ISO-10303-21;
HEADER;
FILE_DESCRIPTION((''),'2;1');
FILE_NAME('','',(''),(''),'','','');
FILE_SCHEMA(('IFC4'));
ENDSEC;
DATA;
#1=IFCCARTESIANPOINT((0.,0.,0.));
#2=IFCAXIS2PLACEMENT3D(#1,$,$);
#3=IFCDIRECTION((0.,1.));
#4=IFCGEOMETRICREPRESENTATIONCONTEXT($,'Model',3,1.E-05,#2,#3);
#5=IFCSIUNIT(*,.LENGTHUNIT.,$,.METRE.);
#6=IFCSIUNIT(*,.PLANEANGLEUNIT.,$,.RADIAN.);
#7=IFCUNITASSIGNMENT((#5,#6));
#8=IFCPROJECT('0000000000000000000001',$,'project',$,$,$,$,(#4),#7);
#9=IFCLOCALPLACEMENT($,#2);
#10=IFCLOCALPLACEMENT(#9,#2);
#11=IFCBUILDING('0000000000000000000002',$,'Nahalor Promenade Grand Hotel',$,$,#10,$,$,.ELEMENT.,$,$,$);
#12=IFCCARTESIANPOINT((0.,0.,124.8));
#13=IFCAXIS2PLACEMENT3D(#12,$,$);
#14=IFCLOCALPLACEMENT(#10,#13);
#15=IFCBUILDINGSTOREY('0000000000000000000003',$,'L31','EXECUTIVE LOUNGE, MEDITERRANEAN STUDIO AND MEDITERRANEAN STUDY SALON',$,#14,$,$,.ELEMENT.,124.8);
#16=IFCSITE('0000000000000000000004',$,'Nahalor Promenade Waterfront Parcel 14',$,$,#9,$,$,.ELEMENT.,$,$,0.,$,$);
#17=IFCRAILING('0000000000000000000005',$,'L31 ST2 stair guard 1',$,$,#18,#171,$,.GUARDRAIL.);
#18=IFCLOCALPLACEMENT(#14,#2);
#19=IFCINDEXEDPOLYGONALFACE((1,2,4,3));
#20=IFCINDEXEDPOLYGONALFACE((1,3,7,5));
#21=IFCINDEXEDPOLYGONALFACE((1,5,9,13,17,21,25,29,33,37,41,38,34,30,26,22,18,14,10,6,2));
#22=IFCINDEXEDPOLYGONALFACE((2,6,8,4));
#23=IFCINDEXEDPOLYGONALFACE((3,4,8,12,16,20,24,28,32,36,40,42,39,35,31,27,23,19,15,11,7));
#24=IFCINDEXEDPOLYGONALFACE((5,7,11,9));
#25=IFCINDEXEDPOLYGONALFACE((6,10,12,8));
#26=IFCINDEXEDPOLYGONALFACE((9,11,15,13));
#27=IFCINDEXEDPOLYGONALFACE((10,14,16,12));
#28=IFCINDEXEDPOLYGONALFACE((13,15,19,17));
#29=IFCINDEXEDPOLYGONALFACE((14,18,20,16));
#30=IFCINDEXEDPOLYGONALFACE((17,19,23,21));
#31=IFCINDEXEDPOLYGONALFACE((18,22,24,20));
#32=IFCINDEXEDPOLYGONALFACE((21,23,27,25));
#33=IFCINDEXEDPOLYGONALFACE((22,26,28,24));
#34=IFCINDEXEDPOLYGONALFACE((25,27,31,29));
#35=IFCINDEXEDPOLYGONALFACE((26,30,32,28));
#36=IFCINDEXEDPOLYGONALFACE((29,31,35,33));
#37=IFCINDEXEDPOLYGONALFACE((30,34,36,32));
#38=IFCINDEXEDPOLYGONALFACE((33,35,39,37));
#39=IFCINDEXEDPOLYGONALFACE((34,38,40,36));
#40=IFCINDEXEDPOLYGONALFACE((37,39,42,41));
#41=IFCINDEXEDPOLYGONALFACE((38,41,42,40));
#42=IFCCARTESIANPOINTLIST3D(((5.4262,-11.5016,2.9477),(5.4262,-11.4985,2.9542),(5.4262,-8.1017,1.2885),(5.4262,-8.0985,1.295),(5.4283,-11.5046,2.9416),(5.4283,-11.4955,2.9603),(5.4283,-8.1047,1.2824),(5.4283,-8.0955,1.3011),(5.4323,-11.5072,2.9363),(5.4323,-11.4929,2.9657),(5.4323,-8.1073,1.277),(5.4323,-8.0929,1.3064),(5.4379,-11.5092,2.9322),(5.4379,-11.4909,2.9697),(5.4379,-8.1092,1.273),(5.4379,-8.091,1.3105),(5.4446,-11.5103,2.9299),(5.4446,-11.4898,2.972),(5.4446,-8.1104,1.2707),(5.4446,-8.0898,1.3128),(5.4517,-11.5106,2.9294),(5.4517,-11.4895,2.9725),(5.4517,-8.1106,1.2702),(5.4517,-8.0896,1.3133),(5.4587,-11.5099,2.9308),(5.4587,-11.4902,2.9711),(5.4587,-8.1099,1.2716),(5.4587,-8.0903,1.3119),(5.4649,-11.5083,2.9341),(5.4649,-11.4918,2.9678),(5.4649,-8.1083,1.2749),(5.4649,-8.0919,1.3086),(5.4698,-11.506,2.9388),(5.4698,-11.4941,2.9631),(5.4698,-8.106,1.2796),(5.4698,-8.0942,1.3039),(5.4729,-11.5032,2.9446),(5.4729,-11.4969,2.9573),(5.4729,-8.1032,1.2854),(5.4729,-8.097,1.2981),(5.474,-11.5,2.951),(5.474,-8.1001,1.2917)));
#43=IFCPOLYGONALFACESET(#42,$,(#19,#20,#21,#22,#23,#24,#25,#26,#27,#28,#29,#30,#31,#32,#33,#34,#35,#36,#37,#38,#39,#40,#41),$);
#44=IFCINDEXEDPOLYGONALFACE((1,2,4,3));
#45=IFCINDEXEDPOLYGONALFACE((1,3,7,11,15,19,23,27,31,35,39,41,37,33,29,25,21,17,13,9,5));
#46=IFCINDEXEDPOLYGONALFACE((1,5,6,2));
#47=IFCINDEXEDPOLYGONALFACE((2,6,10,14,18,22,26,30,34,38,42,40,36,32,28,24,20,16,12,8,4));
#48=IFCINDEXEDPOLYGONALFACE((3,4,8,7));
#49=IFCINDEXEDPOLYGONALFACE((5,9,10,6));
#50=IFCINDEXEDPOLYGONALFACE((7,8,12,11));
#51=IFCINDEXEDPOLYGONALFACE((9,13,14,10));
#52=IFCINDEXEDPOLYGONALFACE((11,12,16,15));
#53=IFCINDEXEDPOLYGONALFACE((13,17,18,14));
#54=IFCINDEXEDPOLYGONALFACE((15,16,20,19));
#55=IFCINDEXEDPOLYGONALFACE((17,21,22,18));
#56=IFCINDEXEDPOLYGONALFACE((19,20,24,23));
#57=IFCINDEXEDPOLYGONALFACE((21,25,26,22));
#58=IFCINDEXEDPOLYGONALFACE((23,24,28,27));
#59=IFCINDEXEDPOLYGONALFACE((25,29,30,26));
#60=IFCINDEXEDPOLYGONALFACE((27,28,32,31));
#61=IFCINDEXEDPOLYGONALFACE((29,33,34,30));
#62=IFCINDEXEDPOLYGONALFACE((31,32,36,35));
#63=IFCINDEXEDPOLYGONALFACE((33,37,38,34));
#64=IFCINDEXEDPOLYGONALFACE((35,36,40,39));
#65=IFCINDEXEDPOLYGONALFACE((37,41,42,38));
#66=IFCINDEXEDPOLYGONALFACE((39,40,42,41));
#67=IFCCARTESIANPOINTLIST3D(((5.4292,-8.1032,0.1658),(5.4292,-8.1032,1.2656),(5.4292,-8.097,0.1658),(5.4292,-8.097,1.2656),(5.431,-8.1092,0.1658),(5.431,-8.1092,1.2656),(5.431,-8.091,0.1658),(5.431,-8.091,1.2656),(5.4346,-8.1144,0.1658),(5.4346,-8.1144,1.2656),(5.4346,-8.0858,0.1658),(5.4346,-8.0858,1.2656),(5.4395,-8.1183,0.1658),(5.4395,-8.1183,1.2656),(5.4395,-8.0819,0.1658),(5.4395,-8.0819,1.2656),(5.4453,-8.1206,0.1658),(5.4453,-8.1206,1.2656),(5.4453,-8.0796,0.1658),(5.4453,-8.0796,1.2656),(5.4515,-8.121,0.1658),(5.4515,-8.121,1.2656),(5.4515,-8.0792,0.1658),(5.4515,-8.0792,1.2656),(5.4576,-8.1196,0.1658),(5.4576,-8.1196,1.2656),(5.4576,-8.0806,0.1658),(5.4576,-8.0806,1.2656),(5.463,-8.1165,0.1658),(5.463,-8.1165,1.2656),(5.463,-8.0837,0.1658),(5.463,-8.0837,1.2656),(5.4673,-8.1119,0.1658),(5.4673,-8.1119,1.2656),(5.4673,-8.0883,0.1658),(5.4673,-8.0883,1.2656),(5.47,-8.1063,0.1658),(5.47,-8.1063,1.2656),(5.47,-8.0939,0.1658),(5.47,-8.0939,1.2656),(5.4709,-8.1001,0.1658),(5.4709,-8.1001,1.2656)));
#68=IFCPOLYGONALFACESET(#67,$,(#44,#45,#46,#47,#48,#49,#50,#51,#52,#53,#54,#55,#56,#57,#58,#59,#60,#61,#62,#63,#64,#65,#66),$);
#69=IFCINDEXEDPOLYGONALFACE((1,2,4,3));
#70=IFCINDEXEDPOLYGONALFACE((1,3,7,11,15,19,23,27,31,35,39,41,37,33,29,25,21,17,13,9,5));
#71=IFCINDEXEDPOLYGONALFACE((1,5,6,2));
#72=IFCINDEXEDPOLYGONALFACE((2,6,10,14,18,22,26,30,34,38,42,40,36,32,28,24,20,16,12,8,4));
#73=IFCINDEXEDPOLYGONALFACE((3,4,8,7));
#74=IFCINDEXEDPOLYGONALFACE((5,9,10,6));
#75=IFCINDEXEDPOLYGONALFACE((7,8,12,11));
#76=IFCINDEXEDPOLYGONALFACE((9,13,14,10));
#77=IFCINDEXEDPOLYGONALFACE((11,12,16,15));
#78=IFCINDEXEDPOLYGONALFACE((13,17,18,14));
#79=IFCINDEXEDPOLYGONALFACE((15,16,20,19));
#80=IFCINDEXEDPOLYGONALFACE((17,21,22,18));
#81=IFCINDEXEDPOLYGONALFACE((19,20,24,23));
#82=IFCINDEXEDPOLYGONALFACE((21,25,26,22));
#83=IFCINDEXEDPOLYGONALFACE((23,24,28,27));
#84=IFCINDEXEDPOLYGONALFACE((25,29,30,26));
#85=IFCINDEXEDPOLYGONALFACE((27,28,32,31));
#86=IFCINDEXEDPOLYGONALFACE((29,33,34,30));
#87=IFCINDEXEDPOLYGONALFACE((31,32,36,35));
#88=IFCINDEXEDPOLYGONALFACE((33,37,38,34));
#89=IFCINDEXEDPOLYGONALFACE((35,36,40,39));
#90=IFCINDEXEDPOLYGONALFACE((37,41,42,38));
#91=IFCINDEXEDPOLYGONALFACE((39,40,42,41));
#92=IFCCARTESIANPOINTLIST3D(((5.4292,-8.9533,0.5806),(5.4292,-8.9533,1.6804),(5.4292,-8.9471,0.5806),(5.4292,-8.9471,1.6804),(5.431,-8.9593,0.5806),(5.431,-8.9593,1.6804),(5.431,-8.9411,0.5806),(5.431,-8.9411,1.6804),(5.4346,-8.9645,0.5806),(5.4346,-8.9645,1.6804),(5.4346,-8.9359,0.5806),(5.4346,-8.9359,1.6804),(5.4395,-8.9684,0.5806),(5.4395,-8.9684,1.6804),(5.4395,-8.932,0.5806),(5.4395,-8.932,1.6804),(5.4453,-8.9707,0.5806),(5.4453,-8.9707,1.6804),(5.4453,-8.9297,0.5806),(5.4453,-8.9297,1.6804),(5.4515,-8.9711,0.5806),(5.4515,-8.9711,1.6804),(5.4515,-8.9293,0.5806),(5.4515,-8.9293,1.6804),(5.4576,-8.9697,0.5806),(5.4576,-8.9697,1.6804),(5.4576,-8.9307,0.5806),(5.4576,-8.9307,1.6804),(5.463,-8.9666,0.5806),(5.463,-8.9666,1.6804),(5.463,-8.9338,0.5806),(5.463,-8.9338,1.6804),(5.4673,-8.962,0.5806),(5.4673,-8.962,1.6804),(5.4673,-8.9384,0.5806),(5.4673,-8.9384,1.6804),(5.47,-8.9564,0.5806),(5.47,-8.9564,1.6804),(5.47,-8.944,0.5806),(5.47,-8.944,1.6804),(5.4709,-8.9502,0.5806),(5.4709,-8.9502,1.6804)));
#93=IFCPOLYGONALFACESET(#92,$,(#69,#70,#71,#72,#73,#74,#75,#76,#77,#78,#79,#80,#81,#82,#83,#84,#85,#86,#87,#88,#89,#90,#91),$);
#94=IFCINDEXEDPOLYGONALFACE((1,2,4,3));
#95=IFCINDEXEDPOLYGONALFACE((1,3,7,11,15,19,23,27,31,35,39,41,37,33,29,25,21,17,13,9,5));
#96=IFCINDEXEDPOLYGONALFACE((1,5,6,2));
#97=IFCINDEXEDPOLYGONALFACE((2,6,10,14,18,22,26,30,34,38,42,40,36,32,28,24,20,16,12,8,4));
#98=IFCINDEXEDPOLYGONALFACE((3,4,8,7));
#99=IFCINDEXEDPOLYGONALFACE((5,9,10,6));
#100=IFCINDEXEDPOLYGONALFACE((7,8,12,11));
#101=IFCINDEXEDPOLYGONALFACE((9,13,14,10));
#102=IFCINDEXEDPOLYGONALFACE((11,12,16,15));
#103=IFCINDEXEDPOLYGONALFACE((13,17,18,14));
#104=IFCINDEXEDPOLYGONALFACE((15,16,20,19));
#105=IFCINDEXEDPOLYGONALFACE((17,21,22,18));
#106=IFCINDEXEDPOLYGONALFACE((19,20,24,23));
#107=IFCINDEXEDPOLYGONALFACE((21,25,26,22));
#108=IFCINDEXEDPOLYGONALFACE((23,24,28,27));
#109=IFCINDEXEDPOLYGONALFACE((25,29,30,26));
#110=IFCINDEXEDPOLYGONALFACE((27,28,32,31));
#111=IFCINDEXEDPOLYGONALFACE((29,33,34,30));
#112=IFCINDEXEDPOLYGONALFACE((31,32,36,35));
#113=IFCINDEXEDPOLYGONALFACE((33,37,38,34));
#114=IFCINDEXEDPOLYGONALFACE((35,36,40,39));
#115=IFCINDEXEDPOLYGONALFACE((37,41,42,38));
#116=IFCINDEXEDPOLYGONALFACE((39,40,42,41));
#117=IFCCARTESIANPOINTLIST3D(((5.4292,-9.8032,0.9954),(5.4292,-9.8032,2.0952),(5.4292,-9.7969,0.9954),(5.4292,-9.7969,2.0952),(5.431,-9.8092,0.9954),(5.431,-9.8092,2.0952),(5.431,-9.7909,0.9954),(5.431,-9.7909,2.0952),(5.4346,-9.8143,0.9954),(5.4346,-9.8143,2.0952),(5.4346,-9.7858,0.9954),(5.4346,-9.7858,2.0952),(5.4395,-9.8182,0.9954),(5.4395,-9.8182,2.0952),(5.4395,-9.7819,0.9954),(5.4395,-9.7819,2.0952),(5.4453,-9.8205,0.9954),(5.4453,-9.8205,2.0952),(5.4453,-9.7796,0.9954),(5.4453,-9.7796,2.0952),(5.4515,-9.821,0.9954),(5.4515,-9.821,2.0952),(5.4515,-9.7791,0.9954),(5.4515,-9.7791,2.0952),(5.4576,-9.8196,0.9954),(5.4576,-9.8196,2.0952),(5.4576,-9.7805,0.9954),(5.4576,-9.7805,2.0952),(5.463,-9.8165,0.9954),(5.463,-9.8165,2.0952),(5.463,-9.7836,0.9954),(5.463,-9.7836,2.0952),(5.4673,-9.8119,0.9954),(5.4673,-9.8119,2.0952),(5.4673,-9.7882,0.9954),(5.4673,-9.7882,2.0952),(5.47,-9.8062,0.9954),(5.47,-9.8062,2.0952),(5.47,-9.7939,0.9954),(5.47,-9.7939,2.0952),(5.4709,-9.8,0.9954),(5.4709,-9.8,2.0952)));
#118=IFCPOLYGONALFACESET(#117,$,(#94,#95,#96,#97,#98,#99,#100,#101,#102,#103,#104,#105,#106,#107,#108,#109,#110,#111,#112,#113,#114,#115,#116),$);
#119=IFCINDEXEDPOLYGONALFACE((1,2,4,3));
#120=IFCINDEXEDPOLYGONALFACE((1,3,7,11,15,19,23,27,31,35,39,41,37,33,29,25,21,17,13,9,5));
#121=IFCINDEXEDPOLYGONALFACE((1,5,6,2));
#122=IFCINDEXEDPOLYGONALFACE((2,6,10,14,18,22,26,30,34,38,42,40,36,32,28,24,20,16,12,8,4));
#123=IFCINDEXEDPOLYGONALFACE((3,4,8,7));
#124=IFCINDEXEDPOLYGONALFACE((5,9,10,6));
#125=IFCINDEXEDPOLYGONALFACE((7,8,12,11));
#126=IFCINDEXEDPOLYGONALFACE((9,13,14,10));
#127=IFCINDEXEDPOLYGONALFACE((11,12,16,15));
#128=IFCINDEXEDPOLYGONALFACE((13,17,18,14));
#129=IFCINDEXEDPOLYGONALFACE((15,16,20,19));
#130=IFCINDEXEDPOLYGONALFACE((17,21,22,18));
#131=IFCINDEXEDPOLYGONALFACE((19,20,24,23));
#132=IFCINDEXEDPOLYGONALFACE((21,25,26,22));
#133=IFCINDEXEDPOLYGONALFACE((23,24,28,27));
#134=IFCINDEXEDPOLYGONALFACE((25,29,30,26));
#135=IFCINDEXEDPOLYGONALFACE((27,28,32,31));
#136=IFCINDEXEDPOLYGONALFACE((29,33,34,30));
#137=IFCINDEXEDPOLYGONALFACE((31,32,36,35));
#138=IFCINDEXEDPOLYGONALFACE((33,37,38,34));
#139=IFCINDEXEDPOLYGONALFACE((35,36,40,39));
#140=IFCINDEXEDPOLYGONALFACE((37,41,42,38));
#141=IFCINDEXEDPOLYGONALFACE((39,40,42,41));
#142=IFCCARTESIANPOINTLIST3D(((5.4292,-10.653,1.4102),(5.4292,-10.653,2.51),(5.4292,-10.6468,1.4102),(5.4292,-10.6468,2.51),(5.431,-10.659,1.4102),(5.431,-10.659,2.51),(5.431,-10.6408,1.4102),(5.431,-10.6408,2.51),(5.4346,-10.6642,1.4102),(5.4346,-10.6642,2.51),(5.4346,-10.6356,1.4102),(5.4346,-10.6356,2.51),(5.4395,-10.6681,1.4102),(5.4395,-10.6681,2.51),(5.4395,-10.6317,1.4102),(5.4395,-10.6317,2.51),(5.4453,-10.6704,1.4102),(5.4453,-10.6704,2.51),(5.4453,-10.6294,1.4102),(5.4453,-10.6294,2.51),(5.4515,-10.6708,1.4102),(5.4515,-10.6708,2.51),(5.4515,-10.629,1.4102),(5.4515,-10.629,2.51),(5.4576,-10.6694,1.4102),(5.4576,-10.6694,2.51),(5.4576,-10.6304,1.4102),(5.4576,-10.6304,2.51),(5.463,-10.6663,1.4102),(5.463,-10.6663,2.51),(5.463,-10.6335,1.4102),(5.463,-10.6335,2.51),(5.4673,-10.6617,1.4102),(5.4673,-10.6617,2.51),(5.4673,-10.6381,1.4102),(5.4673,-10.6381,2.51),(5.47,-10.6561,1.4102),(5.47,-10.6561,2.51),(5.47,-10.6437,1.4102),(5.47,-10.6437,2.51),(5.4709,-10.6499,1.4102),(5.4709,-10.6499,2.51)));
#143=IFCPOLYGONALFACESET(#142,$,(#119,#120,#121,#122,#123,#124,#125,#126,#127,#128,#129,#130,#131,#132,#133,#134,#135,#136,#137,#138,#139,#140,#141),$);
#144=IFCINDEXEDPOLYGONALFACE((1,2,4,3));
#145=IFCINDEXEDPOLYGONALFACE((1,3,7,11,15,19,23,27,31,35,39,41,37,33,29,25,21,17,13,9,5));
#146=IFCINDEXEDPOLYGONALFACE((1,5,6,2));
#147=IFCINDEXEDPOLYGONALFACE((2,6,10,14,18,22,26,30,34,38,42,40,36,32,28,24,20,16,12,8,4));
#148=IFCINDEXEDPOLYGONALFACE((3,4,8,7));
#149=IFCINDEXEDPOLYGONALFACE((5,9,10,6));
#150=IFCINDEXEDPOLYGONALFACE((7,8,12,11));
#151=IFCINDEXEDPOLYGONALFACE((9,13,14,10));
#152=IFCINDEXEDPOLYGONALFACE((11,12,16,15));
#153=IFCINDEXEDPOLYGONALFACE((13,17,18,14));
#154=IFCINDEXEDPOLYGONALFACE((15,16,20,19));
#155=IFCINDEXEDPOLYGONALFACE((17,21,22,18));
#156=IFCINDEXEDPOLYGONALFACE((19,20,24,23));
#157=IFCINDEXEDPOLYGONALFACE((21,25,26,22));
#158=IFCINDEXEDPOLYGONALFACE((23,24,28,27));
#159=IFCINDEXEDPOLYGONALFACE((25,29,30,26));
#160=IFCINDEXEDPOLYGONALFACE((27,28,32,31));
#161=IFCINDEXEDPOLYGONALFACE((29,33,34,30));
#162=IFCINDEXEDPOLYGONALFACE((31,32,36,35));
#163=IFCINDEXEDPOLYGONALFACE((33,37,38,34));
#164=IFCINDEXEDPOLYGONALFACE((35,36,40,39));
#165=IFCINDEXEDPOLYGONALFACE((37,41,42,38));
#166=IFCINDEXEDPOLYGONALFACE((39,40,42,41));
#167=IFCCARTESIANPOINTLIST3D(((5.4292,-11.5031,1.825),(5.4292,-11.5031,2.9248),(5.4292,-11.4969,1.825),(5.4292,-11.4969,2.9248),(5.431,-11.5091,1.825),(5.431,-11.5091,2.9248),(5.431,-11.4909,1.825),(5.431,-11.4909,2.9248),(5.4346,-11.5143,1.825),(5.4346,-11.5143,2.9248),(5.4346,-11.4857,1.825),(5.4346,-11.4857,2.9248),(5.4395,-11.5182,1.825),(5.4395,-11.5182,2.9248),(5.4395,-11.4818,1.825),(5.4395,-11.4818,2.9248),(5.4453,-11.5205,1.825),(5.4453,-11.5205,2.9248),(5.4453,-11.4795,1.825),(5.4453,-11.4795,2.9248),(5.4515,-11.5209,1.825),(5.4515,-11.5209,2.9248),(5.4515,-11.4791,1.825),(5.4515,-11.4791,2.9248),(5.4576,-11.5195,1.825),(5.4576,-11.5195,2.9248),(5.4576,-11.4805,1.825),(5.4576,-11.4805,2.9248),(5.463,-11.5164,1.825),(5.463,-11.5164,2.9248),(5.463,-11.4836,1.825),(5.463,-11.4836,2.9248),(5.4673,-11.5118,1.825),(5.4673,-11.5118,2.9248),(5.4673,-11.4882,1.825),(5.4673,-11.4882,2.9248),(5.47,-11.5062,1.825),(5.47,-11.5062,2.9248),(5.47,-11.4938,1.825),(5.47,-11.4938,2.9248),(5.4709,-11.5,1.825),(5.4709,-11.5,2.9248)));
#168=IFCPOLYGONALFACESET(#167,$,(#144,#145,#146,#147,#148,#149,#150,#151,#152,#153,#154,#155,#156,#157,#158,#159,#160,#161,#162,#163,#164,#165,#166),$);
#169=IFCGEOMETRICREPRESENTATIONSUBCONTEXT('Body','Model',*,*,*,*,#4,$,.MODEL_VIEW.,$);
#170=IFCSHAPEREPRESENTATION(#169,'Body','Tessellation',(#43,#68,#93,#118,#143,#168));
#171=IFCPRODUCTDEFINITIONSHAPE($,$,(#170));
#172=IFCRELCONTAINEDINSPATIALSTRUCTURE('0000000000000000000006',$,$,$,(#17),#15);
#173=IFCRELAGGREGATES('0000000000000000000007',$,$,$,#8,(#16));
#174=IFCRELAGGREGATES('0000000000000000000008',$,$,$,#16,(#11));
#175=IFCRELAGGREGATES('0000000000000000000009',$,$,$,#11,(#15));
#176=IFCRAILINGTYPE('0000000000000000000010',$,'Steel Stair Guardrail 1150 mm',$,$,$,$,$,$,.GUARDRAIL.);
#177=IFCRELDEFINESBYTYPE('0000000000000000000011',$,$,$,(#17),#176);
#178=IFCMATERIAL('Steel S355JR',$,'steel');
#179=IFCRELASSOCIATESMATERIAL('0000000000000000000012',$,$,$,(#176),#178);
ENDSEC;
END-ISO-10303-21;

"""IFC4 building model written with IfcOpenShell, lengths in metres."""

from ifc_helpers import new_model, si_unit, direction, frame, origin, origin_2d, place, context, subcontext, project, spatial, circle, extrude, material, type_object, element, save


model = new_model("IFC4")

# Units and contexts
model_context = context("Model", 3, precision=1e-05, world=origin(), true_north=direction((0.0, 1.0)))
body_context = subcontext(model_context, "Body", "Model", "MODEL_VIEW")
ifc_project = project(units=[si_unit("LENGTHUNIT", "METRE"), si_unit("PLANEANGLEUNIT", "RADIAN")], contexts=[model_context])

# Site, building, storey
site_placement = place(None, origin())
site = spatial("IfcSite", under=ifc_project, at=site_placement, Name="Nahalor Promenade Waterfront Parcel 14", CompositionType="ELEMENT", RefElevation=0.0)
building_placement = place(site_placement, origin())
building = spatial("IfcBuilding", under=site, at=building_placement, Name="Nahalor Promenade Grand Hotel", CompositionType="ELEMENT")
storey_placement = place(building_placement, frame((0.0, 0.0, 124.8)))
storey = spatial("IfcBuildingStorey", under=building, at=storey_placement, Name="L31", Description="EXECUTIVE LOUNGE, MEDITERRANEAN STUDIO AND MEDITERRANEAN STUDY SALON", CompositionType="ELEMENT", Elevation=124.8)

# Shared definitions
ifc_material_1 = material(Name="Steel S355JR", Category="steel")

# Railing
railing_type_1 = type_object("IfcRailingType", Name="Steel Stair Guardrail 1150 mm", PredefinedType="GUARDRAIL", material=ifc_material_1)
railing_1_placement = place(storey_placement, frame((5.45, -8.1001, 0.1658)))
element("IfcRailing", 1, at=railing_1_placement, inside=storey, type_object=railing_type_1, Name="L31 ST2 stair guard 1", PredefinedType="GUARDRAIL", context=body_context, shape_type="SweptSolid", body=[
    extrude(circle(Radius=0.024, at=origin_2d()), frame((0.0, 0.0, 1.126), z_axis=(0.0, -0.898696, 0.438571), x_axis=(1.0, 0.0, 0.0)), (0.0, 0.0, 1.0), 3.7832),
    extrude(circle(Radius=0.021, at=origin_2d()), origin(), (0.0, 0.0, 1.0), 1.0999),
    extrude(circle(Radius=0.021, at=origin_2d()), frame((0.0, -0.8501, 0.4148)), (0.0, 0.0, 1.0), 1.0999),
    extrude(circle(Radius=0.021, at=origin_2d()), frame((0.0, -1.7, 0.8296)), (0.0, 0.0, 1.0), 1.0999),
    extrude(circle(Radius=0.021, at=origin_2d()), frame((0.0, -2.5498, 1.2444)), (0.0, 0.0, 1.0), 1.0999),
    extrude(circle(Radius=0.021, at=origin_2d()), frame((0.0, -3.3999, 1.6592)), (0.0, 0.0, 1.0), 1.0999),
])

save(model, "model.ifc")
